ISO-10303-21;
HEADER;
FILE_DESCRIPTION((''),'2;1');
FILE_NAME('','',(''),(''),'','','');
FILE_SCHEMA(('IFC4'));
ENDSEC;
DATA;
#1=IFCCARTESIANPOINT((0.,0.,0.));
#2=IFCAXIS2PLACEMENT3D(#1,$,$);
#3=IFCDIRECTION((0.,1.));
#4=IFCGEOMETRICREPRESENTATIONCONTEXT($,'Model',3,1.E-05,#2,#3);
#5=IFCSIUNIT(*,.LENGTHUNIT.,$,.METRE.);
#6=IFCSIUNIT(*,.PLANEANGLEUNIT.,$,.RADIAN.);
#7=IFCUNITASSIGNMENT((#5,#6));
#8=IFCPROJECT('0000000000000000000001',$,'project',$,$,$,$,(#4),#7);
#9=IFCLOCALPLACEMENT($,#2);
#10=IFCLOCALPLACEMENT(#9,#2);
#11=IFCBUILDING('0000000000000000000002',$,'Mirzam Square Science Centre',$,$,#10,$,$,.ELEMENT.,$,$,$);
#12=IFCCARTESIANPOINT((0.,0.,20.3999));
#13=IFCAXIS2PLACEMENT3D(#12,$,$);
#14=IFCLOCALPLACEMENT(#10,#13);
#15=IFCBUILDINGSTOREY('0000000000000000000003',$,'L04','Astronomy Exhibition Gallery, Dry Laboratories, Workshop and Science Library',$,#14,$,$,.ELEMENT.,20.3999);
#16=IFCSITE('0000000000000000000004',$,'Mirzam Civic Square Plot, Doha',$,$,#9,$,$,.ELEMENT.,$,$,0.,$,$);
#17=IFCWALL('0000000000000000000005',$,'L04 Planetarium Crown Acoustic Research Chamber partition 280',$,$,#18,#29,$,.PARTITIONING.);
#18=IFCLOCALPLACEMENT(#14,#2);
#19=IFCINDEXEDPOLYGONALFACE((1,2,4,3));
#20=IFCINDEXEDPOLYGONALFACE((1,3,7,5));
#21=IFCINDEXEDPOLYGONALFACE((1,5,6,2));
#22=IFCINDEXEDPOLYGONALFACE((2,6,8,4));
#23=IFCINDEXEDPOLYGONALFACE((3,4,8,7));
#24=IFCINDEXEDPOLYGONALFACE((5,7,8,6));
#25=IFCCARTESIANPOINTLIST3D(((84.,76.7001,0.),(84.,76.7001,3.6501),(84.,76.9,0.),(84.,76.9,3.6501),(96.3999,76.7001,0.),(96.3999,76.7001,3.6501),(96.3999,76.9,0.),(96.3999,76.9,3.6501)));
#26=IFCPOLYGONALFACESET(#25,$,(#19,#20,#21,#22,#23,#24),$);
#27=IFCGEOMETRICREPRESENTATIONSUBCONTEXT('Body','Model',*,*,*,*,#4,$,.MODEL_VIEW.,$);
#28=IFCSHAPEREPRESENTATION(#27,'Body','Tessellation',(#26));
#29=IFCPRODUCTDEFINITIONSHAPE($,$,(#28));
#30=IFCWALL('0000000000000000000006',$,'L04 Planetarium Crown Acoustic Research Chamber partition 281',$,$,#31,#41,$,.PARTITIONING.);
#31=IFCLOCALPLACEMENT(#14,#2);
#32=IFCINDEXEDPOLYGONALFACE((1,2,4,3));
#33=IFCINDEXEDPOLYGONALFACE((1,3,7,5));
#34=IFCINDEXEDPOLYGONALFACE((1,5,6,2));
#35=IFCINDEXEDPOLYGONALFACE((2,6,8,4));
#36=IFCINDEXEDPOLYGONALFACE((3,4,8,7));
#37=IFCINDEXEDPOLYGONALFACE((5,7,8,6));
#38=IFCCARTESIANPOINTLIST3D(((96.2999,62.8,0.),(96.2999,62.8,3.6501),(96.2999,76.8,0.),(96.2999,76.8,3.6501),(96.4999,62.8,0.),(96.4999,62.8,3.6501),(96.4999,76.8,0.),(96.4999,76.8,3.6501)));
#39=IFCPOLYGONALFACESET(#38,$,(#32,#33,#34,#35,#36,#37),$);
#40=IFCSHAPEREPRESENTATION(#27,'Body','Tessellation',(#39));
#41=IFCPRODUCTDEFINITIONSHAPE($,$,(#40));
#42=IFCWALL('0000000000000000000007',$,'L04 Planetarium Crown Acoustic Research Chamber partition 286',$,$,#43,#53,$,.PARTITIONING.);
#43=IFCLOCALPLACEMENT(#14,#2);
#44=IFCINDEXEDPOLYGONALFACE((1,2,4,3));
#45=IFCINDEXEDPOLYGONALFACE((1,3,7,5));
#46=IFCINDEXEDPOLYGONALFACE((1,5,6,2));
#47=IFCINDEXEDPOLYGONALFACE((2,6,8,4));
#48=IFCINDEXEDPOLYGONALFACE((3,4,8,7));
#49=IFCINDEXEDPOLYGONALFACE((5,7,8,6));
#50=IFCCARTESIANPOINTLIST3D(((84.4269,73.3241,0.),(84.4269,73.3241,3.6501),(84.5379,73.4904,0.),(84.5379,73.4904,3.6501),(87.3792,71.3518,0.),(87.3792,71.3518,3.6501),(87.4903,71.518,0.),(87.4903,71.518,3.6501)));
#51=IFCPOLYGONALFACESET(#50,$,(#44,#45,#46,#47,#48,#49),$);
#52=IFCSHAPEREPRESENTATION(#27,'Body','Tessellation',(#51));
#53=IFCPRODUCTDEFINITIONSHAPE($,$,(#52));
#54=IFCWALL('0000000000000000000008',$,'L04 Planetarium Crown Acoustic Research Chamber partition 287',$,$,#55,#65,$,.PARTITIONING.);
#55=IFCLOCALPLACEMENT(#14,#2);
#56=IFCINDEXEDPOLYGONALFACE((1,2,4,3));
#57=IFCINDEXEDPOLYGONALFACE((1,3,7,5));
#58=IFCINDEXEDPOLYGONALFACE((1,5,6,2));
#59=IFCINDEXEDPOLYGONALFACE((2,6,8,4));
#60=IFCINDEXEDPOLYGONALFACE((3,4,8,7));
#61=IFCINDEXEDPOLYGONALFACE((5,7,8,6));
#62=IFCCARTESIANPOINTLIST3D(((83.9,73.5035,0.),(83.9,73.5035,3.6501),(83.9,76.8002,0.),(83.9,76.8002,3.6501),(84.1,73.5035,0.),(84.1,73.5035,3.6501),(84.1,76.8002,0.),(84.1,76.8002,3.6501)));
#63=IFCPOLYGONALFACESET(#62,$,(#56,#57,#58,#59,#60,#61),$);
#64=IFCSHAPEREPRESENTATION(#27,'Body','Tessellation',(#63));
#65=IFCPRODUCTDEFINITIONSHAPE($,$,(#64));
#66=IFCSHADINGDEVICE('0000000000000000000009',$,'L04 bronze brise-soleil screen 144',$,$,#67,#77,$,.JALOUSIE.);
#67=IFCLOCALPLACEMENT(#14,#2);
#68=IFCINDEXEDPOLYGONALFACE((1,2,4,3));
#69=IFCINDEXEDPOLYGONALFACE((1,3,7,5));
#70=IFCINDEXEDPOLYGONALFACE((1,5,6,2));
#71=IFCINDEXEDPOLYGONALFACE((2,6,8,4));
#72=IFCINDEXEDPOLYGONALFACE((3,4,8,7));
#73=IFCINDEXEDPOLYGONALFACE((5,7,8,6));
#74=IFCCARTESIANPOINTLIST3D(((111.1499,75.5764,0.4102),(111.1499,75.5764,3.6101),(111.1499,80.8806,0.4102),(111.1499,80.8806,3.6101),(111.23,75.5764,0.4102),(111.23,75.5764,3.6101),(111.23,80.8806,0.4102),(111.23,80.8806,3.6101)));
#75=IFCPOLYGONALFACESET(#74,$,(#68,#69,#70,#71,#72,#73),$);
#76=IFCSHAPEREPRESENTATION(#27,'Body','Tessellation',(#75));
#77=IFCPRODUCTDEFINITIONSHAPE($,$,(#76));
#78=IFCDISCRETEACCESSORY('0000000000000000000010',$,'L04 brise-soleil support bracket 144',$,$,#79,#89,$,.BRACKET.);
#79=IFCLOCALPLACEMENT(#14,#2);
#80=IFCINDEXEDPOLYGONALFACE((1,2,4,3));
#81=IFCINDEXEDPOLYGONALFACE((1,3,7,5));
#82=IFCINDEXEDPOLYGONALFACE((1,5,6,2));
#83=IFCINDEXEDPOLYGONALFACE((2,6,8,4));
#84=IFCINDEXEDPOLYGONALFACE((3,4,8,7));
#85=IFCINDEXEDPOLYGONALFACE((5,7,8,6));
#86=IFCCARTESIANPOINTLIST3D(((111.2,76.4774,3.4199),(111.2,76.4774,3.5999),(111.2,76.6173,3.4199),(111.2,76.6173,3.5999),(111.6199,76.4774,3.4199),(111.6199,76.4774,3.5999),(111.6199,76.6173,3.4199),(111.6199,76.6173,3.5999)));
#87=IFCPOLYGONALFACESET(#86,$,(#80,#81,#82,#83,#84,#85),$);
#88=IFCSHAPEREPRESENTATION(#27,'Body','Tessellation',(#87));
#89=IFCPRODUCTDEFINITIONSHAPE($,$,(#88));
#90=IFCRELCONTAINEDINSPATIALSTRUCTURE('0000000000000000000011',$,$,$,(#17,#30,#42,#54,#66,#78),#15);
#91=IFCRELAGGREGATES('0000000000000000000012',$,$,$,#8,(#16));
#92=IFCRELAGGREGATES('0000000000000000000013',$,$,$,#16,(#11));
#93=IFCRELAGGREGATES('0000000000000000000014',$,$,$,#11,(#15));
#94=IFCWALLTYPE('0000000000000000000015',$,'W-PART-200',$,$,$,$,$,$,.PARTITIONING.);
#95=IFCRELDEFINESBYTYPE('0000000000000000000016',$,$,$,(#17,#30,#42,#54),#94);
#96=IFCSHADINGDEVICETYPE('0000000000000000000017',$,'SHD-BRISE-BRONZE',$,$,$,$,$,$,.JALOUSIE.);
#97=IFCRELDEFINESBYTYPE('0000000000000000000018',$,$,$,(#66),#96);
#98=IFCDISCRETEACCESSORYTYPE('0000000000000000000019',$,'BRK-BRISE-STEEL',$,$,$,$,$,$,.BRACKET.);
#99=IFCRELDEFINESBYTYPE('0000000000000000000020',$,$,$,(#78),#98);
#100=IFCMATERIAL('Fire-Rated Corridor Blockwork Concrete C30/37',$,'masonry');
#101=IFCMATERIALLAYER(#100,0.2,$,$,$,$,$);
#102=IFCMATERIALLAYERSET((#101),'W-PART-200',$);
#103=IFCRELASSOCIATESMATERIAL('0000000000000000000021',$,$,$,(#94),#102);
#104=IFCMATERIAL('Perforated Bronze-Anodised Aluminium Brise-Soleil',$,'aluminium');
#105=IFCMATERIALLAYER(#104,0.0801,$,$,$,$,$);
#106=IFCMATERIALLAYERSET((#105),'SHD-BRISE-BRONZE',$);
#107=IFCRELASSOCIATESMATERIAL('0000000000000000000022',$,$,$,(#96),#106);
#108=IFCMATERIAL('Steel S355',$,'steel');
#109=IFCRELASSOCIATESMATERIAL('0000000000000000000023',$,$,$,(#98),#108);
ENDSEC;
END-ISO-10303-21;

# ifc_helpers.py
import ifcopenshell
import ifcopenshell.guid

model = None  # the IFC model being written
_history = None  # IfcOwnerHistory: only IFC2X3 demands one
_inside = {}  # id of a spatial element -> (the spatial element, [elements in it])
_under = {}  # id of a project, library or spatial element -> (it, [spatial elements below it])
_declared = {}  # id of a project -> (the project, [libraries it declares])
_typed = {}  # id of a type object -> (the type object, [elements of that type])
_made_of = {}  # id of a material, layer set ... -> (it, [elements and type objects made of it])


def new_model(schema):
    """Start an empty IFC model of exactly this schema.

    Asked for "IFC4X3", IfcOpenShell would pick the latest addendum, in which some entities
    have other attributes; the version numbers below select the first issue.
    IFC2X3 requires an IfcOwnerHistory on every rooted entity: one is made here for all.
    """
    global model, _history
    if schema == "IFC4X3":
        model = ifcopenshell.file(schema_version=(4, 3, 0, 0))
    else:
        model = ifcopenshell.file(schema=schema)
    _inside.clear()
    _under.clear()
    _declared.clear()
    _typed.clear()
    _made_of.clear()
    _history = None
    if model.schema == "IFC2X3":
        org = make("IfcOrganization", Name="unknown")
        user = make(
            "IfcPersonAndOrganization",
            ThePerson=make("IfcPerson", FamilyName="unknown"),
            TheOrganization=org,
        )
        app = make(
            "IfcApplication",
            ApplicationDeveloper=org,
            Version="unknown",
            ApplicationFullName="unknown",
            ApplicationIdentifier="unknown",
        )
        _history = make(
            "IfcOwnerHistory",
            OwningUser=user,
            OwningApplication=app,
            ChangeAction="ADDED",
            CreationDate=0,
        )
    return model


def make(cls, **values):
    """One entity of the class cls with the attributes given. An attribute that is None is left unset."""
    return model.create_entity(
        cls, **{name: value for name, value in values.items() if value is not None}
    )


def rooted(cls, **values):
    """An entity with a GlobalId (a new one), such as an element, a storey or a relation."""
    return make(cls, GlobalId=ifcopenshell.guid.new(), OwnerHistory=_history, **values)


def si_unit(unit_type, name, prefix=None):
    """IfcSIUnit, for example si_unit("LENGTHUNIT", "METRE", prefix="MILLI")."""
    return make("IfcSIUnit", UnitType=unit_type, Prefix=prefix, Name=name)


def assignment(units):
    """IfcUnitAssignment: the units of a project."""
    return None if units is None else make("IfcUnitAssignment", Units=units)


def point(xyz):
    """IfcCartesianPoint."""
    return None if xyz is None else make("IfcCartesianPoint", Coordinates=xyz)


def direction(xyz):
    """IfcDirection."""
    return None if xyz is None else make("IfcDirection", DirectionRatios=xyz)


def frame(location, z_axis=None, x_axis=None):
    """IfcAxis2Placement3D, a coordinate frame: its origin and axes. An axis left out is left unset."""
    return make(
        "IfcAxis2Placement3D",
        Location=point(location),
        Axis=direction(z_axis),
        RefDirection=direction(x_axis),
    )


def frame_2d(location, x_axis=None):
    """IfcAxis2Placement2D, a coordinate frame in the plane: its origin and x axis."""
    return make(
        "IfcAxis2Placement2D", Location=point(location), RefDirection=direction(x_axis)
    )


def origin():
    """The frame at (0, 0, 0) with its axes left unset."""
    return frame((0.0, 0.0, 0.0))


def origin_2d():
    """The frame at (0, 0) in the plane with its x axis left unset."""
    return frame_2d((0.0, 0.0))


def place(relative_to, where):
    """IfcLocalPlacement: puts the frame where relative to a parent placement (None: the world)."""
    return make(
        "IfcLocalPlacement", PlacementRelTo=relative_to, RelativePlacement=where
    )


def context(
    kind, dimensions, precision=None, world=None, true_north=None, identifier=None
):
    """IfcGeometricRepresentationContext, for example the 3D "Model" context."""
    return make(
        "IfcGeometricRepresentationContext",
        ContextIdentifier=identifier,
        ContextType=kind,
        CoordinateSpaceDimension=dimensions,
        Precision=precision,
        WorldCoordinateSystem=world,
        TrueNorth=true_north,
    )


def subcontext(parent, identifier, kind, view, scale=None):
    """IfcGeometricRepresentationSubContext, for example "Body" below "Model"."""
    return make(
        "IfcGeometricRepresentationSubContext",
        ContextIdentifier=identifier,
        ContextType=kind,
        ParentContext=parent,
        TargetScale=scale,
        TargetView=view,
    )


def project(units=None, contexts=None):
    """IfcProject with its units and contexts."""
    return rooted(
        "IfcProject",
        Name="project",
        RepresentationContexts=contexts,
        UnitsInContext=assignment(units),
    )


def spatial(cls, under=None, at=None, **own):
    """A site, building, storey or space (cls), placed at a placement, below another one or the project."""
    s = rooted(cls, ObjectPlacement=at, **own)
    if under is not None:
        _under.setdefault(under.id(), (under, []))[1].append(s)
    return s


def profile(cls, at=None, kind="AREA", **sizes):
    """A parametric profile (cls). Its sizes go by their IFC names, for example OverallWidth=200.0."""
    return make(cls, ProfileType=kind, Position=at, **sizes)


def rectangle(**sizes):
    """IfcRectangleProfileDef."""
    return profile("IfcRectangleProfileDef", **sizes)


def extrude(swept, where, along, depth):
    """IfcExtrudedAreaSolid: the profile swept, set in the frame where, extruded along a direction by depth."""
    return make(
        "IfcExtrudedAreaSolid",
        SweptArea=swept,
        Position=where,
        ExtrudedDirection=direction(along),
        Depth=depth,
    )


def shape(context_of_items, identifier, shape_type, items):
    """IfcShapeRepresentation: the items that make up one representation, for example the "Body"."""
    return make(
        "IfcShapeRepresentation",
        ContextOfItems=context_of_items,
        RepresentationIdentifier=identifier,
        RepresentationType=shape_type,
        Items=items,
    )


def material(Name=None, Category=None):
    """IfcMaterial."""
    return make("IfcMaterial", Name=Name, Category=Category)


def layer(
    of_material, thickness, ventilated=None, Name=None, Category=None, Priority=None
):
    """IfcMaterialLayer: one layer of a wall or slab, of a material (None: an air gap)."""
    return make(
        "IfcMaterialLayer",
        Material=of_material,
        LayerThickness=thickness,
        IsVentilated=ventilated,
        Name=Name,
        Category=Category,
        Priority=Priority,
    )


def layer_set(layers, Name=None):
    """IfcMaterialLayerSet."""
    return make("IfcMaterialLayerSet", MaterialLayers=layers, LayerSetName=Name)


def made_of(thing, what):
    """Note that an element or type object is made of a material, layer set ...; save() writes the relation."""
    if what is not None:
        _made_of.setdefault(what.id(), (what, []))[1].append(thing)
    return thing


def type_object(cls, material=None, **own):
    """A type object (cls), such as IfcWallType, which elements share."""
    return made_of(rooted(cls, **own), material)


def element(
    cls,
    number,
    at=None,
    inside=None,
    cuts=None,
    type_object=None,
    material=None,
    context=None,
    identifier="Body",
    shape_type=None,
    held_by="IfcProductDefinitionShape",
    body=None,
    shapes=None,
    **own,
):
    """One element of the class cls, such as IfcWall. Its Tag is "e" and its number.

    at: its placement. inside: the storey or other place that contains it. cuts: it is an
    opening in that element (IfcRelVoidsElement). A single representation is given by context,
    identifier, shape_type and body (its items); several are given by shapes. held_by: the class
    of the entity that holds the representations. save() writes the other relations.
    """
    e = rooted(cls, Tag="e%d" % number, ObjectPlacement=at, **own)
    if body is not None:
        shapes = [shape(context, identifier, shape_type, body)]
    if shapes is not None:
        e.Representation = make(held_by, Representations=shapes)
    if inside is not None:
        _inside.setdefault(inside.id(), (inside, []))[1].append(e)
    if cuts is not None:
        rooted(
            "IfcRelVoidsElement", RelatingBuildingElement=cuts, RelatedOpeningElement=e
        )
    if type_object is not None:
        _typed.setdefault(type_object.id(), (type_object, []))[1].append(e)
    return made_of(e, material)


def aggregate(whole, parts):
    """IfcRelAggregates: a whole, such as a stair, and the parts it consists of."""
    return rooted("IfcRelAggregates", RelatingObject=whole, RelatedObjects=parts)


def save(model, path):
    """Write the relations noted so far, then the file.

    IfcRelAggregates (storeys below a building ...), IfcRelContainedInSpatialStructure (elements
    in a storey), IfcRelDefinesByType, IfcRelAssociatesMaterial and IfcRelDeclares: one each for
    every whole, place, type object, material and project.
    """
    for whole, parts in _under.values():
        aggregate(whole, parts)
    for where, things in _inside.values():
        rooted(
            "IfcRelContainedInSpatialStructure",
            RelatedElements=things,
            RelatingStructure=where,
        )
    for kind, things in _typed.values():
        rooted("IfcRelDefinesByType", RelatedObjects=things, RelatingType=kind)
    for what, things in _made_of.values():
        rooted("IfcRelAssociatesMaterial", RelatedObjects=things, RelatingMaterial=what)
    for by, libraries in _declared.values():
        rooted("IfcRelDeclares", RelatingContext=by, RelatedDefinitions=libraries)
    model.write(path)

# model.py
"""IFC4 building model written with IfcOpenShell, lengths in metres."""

from ifc_helpers import new_model, si_unit, direction, frame, frame_2d, origin, origin_2d, place, context, subcontext, project, spatial, rectangle, extrude, material, layer, layer_set, type_object, element, save


model = new_model("IFC4")

# Units and contexts
model_context = context("Model", 3, precision=1e-05, world=origin(), true_north=direction((0.0, 1.0)))
body_context = subcontext(model_context, "Body", "Model", "MODEL_VIEW")
ifc_project = project(units=[si_unit("LENGTHUNIT", "METRE"), si_unit("PLANEANGLEUNIT", "RADIAN")], contexts=[model_context])

# Site, building, storey
site_placement = place(None, origin())
site = spatial("IfcSite", under=ifc_project, at=site_placement, Name="Mirzam Civic Square Plot, Doha", CompositionType="ELEMENT", RefElevation=0.0)
building_placement = place(site_placement, origin())
building = spatial("IfcBuilding", under=site, at=building_placement, Name="Mirzam Square Science Centre", CompositionType="ELEMENT")
storey_placement = place(building_placement, frame((0.0, 0.0, 20.3999)))
storey = spatial("IfcBuildingStorey", under=building, at=storey_placement, Name="L04", Description="Astronomy Exhibition Gallery, Dry Laboratories, Workshop and Science Library", CompositionType="ELEMENT", Elevation=20.3999)

# Shared definitions
ifc_material_1 = material(Name="Steel S355", Category="steel")

# Walls
ifc_material_2 = material(Name="Fire-Rated Corridor Blockwork Concrete C30/37", Category="masonry")
ifc_layer_1 = layer(ifc_material_2, 0.2)
ifc_layer_set_1 = layer_set([ifc_layer_1], Name="W-PART-200")
wall_type_1 = type_object("IfcWallType", Name="W-PART-200", PredefinedType="PARTITIONING", material=ifc_layer_set_1)
wall_1_placement = place(storey_placement, frame((84.0, 76.8, 0.0), z_axis=(0.0, 0.0, 1.0), x_axis=(1.0, 0.0, 0.0)))
element("IfcWall", 1, at=wall_1_placement, inside=storey, type_object=wall_type_1, Name="L04 Planetarium Crown Acoustic Research Chamber partition 280", PredefinedType="PARTITIONING", context=body_context, shape_type="SweptSolid", body=[
    extrude(rectangle(XDim=12.3999, YDim=0.2, at=frame_2d((6.2, 0.0))), origin(), (0.0, 0.0, 1.0), 3.6501),
])
wall_2_placement = place(storey_placement, frame((96.3999, 76.8, 0.0), z_axis=(0.0, 0.0, 1.0), x_axis=(0.0, -1.0, 0.0)))
element("IfcWall", 2, at=wall_2_placement, inside=storey, type_object=wall_type_1, Name="L04 Planetarium Crown Acoustic Research Chamber partition 281", PredefinedType="PARTITIONING", context=body_context, shape_type="SweptSolid", body=[
    extrude(rectangle(XDim=14.0, YDim=0.2, at=frame_2d((7.0, 0.0))), origin(), (0.0, 0.0, 1.0), 3.6501),
])
wall_3_placement = place(storey_placement, frame((87.4348, 71.4348, 0.0), z_axis=(0.0, 0.0, 1.0), x_axis=(-0.83151, 0.555509, 0.0)))
element("IfcWall", 3, at=wall_3_placement, inside=storey, type_object=wall_type_1, Name="L04 Planetarium Crown Acoustic Research Chamber partition 286", PredefinedType="PARTITIONING", context=body_context, shape_type="SweptSolid", body=[
    extrude(rectangle(XDim=3.5505, YDim=0.2, at=frame_2d((1.7754, 0.0))), origin(), (0.0, 0.0, 1.0), 3.6501),
])
wall_4_placement = place(storey_placement, frame((84.0, 73.5034, 0.0), z_axis=(0.0, 0.0, 1.0), x_axis=(0.0, 1.0, 0.0)))
element("IfcWall", 4, at=wall_4_placement, inside=storey, type_object=wall_type_1, Name="L04 Planetarium Crown Acoustic Research Chamber partition 287", PredefinedType="PARTITIONING", context=body_context, shape_type="SweptSolid", body=[
    extrude(rectangle(XDim=3.2966, YDim=0.2, at=frame_2d((1.6484, 0.0))), origin(), (0.0, 0.0, 1.0), 3.6501),
])

# Shading device
ifc_material_3 = material(Name="Perforated Bronze-Anodised Aluminium Brise-Soleil", Category="aluminium")
ifc_layer_2 = layer(ifc_material_3, 0.0801)
ifc_layer_set_2 = layer_set([ifc_layer_2], Name="SHD-BRISE-BRONZE")
shading_device_type = type_object("IfcShadingDeviceType", Name="SHD-BRISE-BRONZE", PredefinedType="JALOUSIE", material=ifc_layer_set_2)
shading_device_placement = place(storey_placement, frame((111.1899, 78.2285, 0.4102), z_axis=(0.0, 0.0, 1.0), x_axis=(0.0, -1.0, 0.0)))
element("IfcShadingDevice", 5, at=shading_device_placement, inside=storey, type_object=shading_device_type, Name="L04 bronze brise-soleil screen 144", PredefinedType="JALOUSIE", context=body_context, shape_type="SweptSolid", body=[
    extrude(rectangle(XDim=5.3042, YDim=0.0801, at=origin_2d()), origin(), (0.0, 0.0, 1.0), 3.2),
])

# Discrete accessory
discrete_accessory_type = type_object("IfcDiscreteAccessoryType", Name="BRK-BRISE-STEEL", PredefinedType="BRACKET", material=ifc_material_1)
discrete_accessory_placement = place(storey_placement, frame((111.4099, 76.5474, 3.4199), z_axis=(0.0, 0.0, 1.0), x_axis=(0.0, -1.0, 0.0)))
element("IfcDiscreteAccessory", 6, at=discrete_accessory_placement, inside=storey, type_object=discrete_accessory_type, Name="L04 brise-soleil support bracket 144", PredefinedType="BRACKET", context=body_context, shape_type="SweptSolid", body=[
    extrude(rectangle(XDim=0.1399, YDim=0.4199, at=origin_2d()), origin(), (0.0, 0.0, 1.0), 0.1799),
])

save(model, "model.ifc")
